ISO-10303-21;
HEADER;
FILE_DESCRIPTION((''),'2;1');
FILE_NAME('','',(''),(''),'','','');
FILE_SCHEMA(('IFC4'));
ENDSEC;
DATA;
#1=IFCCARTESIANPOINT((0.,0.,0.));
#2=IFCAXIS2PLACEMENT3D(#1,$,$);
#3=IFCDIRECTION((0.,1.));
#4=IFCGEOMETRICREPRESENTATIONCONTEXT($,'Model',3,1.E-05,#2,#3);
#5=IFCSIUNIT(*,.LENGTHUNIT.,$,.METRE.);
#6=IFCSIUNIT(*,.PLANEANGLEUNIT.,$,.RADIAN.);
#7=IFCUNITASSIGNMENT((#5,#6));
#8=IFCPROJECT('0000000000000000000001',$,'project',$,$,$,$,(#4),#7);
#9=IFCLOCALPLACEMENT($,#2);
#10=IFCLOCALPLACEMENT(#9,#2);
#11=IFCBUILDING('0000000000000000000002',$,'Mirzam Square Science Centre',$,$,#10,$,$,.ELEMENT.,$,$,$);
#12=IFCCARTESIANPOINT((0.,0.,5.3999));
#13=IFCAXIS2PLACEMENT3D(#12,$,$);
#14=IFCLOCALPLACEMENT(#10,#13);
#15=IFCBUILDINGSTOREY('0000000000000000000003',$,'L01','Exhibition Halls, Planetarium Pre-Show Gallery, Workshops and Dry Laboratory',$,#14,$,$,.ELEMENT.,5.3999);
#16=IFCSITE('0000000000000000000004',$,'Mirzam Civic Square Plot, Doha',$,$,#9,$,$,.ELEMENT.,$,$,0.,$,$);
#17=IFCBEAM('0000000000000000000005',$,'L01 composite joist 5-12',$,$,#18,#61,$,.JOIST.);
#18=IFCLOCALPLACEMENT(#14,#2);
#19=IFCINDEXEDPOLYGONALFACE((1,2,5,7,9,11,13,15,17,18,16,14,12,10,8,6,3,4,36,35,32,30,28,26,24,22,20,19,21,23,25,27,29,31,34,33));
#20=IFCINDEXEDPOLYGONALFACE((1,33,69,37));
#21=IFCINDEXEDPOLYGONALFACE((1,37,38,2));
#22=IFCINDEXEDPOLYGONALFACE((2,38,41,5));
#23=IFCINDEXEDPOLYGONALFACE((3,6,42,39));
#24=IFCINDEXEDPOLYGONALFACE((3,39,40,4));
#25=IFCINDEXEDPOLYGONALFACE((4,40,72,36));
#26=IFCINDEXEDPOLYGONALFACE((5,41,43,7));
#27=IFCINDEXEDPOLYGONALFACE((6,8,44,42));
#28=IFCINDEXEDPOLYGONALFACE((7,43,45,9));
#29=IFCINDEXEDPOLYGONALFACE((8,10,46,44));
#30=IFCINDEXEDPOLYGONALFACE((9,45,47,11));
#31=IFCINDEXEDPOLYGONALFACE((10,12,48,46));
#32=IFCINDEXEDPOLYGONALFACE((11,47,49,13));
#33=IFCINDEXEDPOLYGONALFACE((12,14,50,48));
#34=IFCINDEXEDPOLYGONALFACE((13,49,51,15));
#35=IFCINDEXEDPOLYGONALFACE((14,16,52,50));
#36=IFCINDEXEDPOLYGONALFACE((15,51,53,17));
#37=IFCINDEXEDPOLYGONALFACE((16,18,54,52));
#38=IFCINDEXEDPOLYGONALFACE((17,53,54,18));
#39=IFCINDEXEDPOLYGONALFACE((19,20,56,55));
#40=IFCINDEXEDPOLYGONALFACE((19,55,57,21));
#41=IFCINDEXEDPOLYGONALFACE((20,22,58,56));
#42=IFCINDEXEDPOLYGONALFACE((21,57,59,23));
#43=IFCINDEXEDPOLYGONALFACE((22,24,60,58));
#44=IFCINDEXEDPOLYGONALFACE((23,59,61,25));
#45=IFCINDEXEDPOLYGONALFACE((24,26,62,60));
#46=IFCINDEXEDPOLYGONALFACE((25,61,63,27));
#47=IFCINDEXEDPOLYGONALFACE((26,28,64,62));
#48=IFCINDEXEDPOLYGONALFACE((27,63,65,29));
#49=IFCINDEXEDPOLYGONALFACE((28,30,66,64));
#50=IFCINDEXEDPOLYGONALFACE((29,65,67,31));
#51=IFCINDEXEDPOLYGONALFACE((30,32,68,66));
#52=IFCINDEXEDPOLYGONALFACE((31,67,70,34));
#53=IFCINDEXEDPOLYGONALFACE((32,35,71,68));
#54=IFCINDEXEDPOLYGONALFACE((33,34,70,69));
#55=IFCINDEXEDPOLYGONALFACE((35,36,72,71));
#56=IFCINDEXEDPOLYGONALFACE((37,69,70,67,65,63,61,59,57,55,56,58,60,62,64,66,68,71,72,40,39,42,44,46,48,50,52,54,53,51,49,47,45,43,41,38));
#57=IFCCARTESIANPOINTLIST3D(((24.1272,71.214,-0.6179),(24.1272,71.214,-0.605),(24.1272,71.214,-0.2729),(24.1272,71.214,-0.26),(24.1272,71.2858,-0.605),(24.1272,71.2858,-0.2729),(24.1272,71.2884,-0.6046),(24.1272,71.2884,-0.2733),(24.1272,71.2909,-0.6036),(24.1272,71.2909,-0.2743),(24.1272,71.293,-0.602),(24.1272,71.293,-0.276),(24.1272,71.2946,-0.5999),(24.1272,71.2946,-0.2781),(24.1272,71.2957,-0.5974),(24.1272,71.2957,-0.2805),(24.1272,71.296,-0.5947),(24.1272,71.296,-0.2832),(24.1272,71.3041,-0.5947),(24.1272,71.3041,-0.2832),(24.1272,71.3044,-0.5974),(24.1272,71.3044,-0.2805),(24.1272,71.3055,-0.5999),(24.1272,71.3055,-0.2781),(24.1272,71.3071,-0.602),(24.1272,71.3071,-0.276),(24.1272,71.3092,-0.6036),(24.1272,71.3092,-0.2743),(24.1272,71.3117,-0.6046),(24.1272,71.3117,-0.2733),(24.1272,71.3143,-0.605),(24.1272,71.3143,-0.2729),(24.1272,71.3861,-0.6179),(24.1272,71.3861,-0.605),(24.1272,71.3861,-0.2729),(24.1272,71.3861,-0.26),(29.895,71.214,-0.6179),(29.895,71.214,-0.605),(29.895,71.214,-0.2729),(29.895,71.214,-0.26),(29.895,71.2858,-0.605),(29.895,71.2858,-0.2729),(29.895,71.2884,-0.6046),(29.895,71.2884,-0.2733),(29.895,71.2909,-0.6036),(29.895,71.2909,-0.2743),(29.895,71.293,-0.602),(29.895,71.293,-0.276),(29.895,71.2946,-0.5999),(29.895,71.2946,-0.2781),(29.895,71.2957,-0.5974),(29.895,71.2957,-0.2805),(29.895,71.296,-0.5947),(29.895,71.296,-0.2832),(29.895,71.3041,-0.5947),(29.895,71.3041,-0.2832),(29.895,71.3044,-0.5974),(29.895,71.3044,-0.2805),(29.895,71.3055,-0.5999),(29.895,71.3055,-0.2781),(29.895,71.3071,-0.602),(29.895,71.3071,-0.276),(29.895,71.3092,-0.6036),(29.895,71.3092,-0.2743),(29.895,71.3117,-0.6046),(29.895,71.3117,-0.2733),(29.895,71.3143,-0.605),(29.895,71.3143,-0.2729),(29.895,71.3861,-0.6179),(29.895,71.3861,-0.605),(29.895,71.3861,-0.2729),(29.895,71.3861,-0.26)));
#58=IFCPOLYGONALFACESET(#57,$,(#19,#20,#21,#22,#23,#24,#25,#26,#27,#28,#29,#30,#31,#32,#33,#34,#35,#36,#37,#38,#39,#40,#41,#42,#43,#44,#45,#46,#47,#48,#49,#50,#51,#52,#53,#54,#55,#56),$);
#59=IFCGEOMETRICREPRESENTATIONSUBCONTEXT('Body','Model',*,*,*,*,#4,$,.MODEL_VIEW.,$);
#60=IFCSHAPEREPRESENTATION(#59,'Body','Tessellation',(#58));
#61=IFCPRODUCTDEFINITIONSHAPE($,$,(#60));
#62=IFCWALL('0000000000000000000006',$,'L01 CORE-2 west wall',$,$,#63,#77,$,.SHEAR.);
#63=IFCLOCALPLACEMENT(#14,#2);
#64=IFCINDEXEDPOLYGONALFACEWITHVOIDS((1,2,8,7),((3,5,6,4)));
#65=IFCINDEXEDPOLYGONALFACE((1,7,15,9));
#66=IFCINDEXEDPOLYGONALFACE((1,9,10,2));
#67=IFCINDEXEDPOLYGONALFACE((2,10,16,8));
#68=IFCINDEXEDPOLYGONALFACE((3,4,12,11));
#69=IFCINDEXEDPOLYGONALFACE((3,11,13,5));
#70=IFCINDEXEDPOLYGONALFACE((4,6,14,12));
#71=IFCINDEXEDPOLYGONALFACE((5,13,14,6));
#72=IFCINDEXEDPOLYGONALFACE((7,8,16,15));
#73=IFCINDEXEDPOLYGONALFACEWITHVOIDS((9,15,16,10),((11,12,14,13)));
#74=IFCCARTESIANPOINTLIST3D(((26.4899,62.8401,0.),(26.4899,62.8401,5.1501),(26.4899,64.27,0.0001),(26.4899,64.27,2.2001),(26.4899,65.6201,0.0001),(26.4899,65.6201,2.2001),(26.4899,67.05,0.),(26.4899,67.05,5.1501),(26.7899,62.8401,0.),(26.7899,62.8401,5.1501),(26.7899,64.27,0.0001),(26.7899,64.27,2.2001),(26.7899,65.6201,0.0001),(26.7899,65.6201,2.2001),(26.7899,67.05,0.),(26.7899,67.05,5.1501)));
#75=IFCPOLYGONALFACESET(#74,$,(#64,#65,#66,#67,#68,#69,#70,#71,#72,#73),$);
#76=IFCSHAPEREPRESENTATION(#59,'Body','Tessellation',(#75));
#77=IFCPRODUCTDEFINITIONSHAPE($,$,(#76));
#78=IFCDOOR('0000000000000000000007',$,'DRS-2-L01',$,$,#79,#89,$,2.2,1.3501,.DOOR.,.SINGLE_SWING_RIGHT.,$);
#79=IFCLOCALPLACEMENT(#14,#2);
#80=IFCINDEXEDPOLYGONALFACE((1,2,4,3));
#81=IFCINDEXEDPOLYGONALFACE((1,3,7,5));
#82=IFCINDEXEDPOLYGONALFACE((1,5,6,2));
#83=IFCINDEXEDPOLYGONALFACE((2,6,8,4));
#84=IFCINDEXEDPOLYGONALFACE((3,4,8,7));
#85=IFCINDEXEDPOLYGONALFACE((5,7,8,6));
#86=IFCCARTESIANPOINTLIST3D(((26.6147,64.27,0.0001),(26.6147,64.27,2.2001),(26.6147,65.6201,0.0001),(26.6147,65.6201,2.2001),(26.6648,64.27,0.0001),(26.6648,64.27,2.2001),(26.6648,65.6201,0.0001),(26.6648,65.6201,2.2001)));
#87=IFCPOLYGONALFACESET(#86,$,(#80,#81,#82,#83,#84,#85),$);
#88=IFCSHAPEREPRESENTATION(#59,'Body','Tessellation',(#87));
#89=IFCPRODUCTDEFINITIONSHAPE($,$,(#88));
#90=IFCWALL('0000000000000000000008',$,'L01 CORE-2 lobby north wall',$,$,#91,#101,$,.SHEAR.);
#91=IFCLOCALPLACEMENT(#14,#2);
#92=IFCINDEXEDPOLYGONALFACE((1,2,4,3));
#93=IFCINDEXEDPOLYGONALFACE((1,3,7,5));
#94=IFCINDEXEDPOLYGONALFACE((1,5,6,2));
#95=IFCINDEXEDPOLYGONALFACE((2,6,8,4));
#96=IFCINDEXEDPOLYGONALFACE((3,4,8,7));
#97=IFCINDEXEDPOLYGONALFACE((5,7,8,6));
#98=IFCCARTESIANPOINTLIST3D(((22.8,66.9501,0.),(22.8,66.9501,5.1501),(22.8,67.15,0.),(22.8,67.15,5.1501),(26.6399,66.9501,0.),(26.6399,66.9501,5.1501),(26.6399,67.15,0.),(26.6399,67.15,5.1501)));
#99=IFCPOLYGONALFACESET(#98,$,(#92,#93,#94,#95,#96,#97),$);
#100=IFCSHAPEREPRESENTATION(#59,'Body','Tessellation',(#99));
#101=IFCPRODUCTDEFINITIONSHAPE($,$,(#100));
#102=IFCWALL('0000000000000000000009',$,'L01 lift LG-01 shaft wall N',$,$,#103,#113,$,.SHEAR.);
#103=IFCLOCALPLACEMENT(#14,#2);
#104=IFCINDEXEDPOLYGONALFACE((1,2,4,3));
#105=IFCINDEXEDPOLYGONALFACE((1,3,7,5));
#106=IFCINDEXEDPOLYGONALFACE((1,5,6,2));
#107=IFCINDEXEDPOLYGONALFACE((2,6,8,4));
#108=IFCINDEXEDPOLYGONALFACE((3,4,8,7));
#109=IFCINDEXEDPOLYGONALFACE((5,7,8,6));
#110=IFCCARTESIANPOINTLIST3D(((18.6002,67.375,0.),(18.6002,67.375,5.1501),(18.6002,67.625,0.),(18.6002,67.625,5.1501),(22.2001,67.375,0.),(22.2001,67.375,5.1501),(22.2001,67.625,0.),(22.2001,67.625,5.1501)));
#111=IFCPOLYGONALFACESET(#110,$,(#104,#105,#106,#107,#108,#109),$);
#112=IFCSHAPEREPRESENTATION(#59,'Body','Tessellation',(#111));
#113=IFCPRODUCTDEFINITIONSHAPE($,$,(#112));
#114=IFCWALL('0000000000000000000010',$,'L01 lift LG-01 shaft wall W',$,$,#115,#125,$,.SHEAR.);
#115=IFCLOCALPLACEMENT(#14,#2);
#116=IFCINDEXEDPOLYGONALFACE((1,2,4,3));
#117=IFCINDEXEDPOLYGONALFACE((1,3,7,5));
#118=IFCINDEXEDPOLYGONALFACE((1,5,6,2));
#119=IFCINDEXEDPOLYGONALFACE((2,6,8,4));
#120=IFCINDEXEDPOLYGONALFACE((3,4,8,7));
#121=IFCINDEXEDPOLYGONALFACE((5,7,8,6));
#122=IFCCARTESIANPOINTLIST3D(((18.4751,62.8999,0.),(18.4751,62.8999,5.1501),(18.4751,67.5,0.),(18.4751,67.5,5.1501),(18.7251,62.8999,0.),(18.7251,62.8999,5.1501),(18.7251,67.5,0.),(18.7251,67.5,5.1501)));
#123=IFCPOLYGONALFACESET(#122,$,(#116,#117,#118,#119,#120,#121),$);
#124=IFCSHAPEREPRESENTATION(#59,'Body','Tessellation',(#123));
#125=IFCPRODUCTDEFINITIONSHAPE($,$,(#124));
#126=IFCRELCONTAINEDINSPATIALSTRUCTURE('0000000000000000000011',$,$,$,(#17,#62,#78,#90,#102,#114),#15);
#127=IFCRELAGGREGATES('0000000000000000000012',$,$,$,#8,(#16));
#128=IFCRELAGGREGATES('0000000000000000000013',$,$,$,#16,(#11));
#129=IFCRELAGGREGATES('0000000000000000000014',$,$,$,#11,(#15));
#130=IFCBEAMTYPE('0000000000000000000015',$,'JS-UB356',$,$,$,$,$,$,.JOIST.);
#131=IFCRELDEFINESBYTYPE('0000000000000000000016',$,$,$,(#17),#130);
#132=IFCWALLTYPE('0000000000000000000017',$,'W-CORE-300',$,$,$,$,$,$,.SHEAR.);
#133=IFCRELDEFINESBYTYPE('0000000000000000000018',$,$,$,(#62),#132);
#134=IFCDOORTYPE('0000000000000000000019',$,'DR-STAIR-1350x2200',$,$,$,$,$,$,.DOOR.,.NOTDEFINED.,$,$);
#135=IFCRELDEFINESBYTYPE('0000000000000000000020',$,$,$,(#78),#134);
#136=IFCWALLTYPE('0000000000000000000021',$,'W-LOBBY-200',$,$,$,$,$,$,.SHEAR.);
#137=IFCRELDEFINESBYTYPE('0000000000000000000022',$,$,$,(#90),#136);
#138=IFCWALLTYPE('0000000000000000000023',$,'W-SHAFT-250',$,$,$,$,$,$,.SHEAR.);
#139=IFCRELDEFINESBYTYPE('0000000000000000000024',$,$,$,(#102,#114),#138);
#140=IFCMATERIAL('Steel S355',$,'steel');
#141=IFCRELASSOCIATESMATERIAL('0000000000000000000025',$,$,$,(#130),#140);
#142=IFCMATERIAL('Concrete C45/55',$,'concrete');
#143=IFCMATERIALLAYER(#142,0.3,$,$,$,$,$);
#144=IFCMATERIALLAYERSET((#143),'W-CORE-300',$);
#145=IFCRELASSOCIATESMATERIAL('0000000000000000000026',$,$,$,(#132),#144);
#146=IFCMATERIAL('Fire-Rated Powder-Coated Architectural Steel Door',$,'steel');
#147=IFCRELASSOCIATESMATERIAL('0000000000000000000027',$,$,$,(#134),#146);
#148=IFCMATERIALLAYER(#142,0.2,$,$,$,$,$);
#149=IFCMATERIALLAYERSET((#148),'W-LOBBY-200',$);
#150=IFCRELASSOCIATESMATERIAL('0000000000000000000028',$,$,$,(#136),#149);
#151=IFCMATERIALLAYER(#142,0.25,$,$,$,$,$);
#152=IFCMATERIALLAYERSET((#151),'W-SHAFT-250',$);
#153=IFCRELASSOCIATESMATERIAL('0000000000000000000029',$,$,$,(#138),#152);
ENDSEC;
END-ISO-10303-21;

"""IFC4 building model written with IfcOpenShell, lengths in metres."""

from ifc_helpers import new_model, si_unit, direction, frame, frame_2d, origin, origin_2d, place, context, subcontext, project, spatial, rectangle, i_section, extrude, material, layer, layer_set, material_profile, profile_set, type_object, element, fill, save


model = new_model("IFC4")

# Units and contexts
model_context = context("Model", 3, precision=1e-05, world=origin(), true_north=direction((0.0, 1.0)))
body_context = subcontext(model_context, "Body", "Model", "MODEL_VIEW")
ifc_project = project(units=[si_unit("LENGTHUNIT", "METRE"), si_unit("PLANEANGLEUNIT", "RADIAN")], contexts=[model_context])

# Site, building, storey
site_placement = place(None, origin())
site = spatial("IfcSite", under=ifc_project, at=site_placement, Name="Mirzam Civic Square Plot, Doha", CompositionType="ELEMENT", RefElevation=0.0)
building_placement = place(site_placement, origin())
building = spatial("IfcBuilding", under=site, at=building_placement, Name="Mirzam Square Science Centre", CompositionType="ELEMENT")
storey_placement = place(building_placement, frame((0.0, 0.0, 5.3999)))
storey = spatial("IfcBuildingStorey", under=building, at=storey_placement, Name="L01", Description="Exhibition Halls, Planetarium Pre-Show Gallery, Workshops and Dry Laboratory", CompositionType="ELEMENT", Elevation=5.3999)

# Shared definitions
ifc_material_1 = material(Name="Steel S355", Category="steel")

# Beam
ifc_material_profile_1 = material_profile(ifc_material_1, i_section(OverallWidth=0.1721, OverallDepth=0.3579, WebThickness=0.0081, FlangeThickness=0.0129, FilletRadius=0.0103, at=origin_2d()), Name="356x171x57UB")
ifc_profile_set_1 = profile_set([ifc_material_profile_1], Name="Steel S355")
beam_type_1 = type_object("IfcBeamType", Name="JS-UB356", PredefinedType="JOIST", material=ifc_profile_set_1)
beam_1_placement = place(storey_placement, frame((24.1272, 71.3, -0.439), z_axis=(1.0, 0.0, 0.0), x_axis=(0.0, 1.0, 0.0)))
element("IfcBeam", 1, at=beam_1_placement, inside=storey, type_object=beam_type_1, Name="L01 composite joist 5-12", PredefinedType="JOIST", context=body_context, shape_type="SweptSolid", body=[
    extrude(i_section(OverallWidth=0.1721, OverallDepth=0.3579, WebThickness=0.0081, FlangeThickness=0.0129, FilletRadius=0.0103, at=origin_2d()), origin(), (0.0, 0.0, 1.0), 5.7678),
])

# Wall, opening, door
ifc_material_2 = material(Name="Concrete C45/55", Category="concrete")
ifc_layer_1 = layer(ifc_material_2, 0.3)
ifc_layer_set_1 = layer_set([ifc_layer_1], Name="W-CORE-300")
wall_type_1 = type_object("IfcWallType", Name="W-CORE-300", PredefinedType="SHEAR", material=ifc_layer_set_1)
wall_1_placement = place(storey_placement, frame((26.6399, 67.05, 0.0), z_axis=(0.0, 0.0, 1.0), x_axis=(0.0, -1.0, 0.0)))
wall_1 = element("IfcWall", 2, at=wall_1_placement, inside=storey, type_object=wall_type_1, Name="L01 CORE-2 west wall", PredefinedType="SHEAR", context=body_context, shape_type="SweptSolid", body=[
    extrude(rectangle(XDim=4.21, YDim=0.3, at=frame_2d((2.105, 0.0))), origin(), (0.0, 0.0, 1.0), 5.1501),
])
opening_placement = place(wall_1_placement, frame((1.4299, 0.0, 0.0)))
opening = element("IfcOpeningElement", 3, at=opening_placement, cuts=wall_1, PredefinedType="OPENING", context=body_context, shape_type="SweptSolid", body=[
    extrude(rectangle(XDim=1.3501, YDim=2.2, at=frame_2d((0.675, 1.1001))), frame((0.0, 0.1599, 0.0), z_axis=(0.0, -1.0, 0.0), x_axis=(1.0, 0.0, 0.0)), (0.0, 0.0, 1.0), 0.3201),
])
ifc_material_3 = material(Name="Fire-Rated Powder-Coated Architectural Steel Door", Category="steel")
door_type = type_object("IfcDoorType", Name="DR-STAIR-1350x2200", OperationType="NOTDEFINED", PredefinedType="DOOR", material=ifc_material_3)
door_placement = place(opening_placement, origin())
door = element("IfcDoor", 4, at=door_placement, inside=storey, type_object=door_type, Name="DRS-2-L01", OperationType="SINGLE_SWING_RIGHT", OverallHeight=2.2, OverallWidth=1.3501, PredefinedType="DOOR", context=body_context, shape_type="SweptSolid", body=[
    extrude(rectangle(XDim=1.3501, YDim=2.2, at=frame_2d((0.675, 1.1001))), frame((0.0, 0.0249, 0.0), z_axis=(0.0, -1.0, 0.0), x_axis=(1.0, 0.0, 0.0)), (0.0, 0.0, 1.0), 0.05),
])
fill(opening, door)

# Walls
ifc_layer_2 = layer(ifc_material_2, 0.2)
ifc_layer_set_2 = layer_set([ifc_layer_2], Name="W-LOBBY-200")
wall_type_2 = type_object("IfcWallType", Name="W-LOBBY-200", PredefinedType="SHEAR", material=ifc_layer_set_2)
wall_2_placement = place(storey_placement, frame((26.6399, 67.05, 0.0), z_axis=(0.0, 0.0, 1.0), x_axis=(-1.0, 0.0, 0.0)))
element("IfcWall", 5, at=wall_2_placement, inside=storey, type_object=wall_type_2, Name="L01 CORE-2 lobby north wall", PredefinedType="SHEAR", context=body_context, shape_type="SweptSolid", body=[
    extrude(rectangle(XDim=3.8398, YDim=0.2, at=frame_2d((1.9199, 0.0))), origin(), (0.0, 0.0, 1.0), 5.1501),
])
ifc_layer_3 = layer(ifc_material_2, 0.25)
ifc_layer_set_3 = layer_set([ifc_layer_3], Name="W-SHAFT-250")
wall_type_3 = type_object("IfcWallType", Name="W-SHAFT-250", PredefinedType="SHEAR", material=ifc_layer_set_3)
wall_3_placement = place(storey_placement, frame((22.2, 67.5, 0.0), z_axis=(0.0, 0.0, 1.0), x_axis=(-1.0, 0.0, 0.0)))
element("IfcWall", 6, at=wall_3_placement, inside=storey, type_object=wall_type_3, Name="L01 lift LG-01 shaft wall N", PredefinedType="SHEAR", context=body_context, shape_type="SweptSolid", body=[
    extrude(rectangle(XDim=3.5999, YDim=0.25, at=frame_2d((1.7998, 0.0))), origin(), (0.0, 0.0, 1.0), 5.1501),
])
wall_4_placement = place(storey_placement, frame((18.6001, 67.5, 0.0), z_axis=(0.0, 0.0, 1.0), x_axis=(0.0, -1.0, 0.0)))
element("IfcWall", 7, at=wall_4_placement, inside=storey, type_object=wall_type_3, Name="L01 lift LG-01 shaft wall W", PredefinedType="SHEAR", context=body_context, shape_type="SweptSolid", body=[
    extrude(rectangle(XDim=4.6001, YDim=0.25, at=frame_2d((2.3, 0.0))), origin(), (0.0, 0.0, 1.0), 5.1501),
])

save(model, "model.ifc")
